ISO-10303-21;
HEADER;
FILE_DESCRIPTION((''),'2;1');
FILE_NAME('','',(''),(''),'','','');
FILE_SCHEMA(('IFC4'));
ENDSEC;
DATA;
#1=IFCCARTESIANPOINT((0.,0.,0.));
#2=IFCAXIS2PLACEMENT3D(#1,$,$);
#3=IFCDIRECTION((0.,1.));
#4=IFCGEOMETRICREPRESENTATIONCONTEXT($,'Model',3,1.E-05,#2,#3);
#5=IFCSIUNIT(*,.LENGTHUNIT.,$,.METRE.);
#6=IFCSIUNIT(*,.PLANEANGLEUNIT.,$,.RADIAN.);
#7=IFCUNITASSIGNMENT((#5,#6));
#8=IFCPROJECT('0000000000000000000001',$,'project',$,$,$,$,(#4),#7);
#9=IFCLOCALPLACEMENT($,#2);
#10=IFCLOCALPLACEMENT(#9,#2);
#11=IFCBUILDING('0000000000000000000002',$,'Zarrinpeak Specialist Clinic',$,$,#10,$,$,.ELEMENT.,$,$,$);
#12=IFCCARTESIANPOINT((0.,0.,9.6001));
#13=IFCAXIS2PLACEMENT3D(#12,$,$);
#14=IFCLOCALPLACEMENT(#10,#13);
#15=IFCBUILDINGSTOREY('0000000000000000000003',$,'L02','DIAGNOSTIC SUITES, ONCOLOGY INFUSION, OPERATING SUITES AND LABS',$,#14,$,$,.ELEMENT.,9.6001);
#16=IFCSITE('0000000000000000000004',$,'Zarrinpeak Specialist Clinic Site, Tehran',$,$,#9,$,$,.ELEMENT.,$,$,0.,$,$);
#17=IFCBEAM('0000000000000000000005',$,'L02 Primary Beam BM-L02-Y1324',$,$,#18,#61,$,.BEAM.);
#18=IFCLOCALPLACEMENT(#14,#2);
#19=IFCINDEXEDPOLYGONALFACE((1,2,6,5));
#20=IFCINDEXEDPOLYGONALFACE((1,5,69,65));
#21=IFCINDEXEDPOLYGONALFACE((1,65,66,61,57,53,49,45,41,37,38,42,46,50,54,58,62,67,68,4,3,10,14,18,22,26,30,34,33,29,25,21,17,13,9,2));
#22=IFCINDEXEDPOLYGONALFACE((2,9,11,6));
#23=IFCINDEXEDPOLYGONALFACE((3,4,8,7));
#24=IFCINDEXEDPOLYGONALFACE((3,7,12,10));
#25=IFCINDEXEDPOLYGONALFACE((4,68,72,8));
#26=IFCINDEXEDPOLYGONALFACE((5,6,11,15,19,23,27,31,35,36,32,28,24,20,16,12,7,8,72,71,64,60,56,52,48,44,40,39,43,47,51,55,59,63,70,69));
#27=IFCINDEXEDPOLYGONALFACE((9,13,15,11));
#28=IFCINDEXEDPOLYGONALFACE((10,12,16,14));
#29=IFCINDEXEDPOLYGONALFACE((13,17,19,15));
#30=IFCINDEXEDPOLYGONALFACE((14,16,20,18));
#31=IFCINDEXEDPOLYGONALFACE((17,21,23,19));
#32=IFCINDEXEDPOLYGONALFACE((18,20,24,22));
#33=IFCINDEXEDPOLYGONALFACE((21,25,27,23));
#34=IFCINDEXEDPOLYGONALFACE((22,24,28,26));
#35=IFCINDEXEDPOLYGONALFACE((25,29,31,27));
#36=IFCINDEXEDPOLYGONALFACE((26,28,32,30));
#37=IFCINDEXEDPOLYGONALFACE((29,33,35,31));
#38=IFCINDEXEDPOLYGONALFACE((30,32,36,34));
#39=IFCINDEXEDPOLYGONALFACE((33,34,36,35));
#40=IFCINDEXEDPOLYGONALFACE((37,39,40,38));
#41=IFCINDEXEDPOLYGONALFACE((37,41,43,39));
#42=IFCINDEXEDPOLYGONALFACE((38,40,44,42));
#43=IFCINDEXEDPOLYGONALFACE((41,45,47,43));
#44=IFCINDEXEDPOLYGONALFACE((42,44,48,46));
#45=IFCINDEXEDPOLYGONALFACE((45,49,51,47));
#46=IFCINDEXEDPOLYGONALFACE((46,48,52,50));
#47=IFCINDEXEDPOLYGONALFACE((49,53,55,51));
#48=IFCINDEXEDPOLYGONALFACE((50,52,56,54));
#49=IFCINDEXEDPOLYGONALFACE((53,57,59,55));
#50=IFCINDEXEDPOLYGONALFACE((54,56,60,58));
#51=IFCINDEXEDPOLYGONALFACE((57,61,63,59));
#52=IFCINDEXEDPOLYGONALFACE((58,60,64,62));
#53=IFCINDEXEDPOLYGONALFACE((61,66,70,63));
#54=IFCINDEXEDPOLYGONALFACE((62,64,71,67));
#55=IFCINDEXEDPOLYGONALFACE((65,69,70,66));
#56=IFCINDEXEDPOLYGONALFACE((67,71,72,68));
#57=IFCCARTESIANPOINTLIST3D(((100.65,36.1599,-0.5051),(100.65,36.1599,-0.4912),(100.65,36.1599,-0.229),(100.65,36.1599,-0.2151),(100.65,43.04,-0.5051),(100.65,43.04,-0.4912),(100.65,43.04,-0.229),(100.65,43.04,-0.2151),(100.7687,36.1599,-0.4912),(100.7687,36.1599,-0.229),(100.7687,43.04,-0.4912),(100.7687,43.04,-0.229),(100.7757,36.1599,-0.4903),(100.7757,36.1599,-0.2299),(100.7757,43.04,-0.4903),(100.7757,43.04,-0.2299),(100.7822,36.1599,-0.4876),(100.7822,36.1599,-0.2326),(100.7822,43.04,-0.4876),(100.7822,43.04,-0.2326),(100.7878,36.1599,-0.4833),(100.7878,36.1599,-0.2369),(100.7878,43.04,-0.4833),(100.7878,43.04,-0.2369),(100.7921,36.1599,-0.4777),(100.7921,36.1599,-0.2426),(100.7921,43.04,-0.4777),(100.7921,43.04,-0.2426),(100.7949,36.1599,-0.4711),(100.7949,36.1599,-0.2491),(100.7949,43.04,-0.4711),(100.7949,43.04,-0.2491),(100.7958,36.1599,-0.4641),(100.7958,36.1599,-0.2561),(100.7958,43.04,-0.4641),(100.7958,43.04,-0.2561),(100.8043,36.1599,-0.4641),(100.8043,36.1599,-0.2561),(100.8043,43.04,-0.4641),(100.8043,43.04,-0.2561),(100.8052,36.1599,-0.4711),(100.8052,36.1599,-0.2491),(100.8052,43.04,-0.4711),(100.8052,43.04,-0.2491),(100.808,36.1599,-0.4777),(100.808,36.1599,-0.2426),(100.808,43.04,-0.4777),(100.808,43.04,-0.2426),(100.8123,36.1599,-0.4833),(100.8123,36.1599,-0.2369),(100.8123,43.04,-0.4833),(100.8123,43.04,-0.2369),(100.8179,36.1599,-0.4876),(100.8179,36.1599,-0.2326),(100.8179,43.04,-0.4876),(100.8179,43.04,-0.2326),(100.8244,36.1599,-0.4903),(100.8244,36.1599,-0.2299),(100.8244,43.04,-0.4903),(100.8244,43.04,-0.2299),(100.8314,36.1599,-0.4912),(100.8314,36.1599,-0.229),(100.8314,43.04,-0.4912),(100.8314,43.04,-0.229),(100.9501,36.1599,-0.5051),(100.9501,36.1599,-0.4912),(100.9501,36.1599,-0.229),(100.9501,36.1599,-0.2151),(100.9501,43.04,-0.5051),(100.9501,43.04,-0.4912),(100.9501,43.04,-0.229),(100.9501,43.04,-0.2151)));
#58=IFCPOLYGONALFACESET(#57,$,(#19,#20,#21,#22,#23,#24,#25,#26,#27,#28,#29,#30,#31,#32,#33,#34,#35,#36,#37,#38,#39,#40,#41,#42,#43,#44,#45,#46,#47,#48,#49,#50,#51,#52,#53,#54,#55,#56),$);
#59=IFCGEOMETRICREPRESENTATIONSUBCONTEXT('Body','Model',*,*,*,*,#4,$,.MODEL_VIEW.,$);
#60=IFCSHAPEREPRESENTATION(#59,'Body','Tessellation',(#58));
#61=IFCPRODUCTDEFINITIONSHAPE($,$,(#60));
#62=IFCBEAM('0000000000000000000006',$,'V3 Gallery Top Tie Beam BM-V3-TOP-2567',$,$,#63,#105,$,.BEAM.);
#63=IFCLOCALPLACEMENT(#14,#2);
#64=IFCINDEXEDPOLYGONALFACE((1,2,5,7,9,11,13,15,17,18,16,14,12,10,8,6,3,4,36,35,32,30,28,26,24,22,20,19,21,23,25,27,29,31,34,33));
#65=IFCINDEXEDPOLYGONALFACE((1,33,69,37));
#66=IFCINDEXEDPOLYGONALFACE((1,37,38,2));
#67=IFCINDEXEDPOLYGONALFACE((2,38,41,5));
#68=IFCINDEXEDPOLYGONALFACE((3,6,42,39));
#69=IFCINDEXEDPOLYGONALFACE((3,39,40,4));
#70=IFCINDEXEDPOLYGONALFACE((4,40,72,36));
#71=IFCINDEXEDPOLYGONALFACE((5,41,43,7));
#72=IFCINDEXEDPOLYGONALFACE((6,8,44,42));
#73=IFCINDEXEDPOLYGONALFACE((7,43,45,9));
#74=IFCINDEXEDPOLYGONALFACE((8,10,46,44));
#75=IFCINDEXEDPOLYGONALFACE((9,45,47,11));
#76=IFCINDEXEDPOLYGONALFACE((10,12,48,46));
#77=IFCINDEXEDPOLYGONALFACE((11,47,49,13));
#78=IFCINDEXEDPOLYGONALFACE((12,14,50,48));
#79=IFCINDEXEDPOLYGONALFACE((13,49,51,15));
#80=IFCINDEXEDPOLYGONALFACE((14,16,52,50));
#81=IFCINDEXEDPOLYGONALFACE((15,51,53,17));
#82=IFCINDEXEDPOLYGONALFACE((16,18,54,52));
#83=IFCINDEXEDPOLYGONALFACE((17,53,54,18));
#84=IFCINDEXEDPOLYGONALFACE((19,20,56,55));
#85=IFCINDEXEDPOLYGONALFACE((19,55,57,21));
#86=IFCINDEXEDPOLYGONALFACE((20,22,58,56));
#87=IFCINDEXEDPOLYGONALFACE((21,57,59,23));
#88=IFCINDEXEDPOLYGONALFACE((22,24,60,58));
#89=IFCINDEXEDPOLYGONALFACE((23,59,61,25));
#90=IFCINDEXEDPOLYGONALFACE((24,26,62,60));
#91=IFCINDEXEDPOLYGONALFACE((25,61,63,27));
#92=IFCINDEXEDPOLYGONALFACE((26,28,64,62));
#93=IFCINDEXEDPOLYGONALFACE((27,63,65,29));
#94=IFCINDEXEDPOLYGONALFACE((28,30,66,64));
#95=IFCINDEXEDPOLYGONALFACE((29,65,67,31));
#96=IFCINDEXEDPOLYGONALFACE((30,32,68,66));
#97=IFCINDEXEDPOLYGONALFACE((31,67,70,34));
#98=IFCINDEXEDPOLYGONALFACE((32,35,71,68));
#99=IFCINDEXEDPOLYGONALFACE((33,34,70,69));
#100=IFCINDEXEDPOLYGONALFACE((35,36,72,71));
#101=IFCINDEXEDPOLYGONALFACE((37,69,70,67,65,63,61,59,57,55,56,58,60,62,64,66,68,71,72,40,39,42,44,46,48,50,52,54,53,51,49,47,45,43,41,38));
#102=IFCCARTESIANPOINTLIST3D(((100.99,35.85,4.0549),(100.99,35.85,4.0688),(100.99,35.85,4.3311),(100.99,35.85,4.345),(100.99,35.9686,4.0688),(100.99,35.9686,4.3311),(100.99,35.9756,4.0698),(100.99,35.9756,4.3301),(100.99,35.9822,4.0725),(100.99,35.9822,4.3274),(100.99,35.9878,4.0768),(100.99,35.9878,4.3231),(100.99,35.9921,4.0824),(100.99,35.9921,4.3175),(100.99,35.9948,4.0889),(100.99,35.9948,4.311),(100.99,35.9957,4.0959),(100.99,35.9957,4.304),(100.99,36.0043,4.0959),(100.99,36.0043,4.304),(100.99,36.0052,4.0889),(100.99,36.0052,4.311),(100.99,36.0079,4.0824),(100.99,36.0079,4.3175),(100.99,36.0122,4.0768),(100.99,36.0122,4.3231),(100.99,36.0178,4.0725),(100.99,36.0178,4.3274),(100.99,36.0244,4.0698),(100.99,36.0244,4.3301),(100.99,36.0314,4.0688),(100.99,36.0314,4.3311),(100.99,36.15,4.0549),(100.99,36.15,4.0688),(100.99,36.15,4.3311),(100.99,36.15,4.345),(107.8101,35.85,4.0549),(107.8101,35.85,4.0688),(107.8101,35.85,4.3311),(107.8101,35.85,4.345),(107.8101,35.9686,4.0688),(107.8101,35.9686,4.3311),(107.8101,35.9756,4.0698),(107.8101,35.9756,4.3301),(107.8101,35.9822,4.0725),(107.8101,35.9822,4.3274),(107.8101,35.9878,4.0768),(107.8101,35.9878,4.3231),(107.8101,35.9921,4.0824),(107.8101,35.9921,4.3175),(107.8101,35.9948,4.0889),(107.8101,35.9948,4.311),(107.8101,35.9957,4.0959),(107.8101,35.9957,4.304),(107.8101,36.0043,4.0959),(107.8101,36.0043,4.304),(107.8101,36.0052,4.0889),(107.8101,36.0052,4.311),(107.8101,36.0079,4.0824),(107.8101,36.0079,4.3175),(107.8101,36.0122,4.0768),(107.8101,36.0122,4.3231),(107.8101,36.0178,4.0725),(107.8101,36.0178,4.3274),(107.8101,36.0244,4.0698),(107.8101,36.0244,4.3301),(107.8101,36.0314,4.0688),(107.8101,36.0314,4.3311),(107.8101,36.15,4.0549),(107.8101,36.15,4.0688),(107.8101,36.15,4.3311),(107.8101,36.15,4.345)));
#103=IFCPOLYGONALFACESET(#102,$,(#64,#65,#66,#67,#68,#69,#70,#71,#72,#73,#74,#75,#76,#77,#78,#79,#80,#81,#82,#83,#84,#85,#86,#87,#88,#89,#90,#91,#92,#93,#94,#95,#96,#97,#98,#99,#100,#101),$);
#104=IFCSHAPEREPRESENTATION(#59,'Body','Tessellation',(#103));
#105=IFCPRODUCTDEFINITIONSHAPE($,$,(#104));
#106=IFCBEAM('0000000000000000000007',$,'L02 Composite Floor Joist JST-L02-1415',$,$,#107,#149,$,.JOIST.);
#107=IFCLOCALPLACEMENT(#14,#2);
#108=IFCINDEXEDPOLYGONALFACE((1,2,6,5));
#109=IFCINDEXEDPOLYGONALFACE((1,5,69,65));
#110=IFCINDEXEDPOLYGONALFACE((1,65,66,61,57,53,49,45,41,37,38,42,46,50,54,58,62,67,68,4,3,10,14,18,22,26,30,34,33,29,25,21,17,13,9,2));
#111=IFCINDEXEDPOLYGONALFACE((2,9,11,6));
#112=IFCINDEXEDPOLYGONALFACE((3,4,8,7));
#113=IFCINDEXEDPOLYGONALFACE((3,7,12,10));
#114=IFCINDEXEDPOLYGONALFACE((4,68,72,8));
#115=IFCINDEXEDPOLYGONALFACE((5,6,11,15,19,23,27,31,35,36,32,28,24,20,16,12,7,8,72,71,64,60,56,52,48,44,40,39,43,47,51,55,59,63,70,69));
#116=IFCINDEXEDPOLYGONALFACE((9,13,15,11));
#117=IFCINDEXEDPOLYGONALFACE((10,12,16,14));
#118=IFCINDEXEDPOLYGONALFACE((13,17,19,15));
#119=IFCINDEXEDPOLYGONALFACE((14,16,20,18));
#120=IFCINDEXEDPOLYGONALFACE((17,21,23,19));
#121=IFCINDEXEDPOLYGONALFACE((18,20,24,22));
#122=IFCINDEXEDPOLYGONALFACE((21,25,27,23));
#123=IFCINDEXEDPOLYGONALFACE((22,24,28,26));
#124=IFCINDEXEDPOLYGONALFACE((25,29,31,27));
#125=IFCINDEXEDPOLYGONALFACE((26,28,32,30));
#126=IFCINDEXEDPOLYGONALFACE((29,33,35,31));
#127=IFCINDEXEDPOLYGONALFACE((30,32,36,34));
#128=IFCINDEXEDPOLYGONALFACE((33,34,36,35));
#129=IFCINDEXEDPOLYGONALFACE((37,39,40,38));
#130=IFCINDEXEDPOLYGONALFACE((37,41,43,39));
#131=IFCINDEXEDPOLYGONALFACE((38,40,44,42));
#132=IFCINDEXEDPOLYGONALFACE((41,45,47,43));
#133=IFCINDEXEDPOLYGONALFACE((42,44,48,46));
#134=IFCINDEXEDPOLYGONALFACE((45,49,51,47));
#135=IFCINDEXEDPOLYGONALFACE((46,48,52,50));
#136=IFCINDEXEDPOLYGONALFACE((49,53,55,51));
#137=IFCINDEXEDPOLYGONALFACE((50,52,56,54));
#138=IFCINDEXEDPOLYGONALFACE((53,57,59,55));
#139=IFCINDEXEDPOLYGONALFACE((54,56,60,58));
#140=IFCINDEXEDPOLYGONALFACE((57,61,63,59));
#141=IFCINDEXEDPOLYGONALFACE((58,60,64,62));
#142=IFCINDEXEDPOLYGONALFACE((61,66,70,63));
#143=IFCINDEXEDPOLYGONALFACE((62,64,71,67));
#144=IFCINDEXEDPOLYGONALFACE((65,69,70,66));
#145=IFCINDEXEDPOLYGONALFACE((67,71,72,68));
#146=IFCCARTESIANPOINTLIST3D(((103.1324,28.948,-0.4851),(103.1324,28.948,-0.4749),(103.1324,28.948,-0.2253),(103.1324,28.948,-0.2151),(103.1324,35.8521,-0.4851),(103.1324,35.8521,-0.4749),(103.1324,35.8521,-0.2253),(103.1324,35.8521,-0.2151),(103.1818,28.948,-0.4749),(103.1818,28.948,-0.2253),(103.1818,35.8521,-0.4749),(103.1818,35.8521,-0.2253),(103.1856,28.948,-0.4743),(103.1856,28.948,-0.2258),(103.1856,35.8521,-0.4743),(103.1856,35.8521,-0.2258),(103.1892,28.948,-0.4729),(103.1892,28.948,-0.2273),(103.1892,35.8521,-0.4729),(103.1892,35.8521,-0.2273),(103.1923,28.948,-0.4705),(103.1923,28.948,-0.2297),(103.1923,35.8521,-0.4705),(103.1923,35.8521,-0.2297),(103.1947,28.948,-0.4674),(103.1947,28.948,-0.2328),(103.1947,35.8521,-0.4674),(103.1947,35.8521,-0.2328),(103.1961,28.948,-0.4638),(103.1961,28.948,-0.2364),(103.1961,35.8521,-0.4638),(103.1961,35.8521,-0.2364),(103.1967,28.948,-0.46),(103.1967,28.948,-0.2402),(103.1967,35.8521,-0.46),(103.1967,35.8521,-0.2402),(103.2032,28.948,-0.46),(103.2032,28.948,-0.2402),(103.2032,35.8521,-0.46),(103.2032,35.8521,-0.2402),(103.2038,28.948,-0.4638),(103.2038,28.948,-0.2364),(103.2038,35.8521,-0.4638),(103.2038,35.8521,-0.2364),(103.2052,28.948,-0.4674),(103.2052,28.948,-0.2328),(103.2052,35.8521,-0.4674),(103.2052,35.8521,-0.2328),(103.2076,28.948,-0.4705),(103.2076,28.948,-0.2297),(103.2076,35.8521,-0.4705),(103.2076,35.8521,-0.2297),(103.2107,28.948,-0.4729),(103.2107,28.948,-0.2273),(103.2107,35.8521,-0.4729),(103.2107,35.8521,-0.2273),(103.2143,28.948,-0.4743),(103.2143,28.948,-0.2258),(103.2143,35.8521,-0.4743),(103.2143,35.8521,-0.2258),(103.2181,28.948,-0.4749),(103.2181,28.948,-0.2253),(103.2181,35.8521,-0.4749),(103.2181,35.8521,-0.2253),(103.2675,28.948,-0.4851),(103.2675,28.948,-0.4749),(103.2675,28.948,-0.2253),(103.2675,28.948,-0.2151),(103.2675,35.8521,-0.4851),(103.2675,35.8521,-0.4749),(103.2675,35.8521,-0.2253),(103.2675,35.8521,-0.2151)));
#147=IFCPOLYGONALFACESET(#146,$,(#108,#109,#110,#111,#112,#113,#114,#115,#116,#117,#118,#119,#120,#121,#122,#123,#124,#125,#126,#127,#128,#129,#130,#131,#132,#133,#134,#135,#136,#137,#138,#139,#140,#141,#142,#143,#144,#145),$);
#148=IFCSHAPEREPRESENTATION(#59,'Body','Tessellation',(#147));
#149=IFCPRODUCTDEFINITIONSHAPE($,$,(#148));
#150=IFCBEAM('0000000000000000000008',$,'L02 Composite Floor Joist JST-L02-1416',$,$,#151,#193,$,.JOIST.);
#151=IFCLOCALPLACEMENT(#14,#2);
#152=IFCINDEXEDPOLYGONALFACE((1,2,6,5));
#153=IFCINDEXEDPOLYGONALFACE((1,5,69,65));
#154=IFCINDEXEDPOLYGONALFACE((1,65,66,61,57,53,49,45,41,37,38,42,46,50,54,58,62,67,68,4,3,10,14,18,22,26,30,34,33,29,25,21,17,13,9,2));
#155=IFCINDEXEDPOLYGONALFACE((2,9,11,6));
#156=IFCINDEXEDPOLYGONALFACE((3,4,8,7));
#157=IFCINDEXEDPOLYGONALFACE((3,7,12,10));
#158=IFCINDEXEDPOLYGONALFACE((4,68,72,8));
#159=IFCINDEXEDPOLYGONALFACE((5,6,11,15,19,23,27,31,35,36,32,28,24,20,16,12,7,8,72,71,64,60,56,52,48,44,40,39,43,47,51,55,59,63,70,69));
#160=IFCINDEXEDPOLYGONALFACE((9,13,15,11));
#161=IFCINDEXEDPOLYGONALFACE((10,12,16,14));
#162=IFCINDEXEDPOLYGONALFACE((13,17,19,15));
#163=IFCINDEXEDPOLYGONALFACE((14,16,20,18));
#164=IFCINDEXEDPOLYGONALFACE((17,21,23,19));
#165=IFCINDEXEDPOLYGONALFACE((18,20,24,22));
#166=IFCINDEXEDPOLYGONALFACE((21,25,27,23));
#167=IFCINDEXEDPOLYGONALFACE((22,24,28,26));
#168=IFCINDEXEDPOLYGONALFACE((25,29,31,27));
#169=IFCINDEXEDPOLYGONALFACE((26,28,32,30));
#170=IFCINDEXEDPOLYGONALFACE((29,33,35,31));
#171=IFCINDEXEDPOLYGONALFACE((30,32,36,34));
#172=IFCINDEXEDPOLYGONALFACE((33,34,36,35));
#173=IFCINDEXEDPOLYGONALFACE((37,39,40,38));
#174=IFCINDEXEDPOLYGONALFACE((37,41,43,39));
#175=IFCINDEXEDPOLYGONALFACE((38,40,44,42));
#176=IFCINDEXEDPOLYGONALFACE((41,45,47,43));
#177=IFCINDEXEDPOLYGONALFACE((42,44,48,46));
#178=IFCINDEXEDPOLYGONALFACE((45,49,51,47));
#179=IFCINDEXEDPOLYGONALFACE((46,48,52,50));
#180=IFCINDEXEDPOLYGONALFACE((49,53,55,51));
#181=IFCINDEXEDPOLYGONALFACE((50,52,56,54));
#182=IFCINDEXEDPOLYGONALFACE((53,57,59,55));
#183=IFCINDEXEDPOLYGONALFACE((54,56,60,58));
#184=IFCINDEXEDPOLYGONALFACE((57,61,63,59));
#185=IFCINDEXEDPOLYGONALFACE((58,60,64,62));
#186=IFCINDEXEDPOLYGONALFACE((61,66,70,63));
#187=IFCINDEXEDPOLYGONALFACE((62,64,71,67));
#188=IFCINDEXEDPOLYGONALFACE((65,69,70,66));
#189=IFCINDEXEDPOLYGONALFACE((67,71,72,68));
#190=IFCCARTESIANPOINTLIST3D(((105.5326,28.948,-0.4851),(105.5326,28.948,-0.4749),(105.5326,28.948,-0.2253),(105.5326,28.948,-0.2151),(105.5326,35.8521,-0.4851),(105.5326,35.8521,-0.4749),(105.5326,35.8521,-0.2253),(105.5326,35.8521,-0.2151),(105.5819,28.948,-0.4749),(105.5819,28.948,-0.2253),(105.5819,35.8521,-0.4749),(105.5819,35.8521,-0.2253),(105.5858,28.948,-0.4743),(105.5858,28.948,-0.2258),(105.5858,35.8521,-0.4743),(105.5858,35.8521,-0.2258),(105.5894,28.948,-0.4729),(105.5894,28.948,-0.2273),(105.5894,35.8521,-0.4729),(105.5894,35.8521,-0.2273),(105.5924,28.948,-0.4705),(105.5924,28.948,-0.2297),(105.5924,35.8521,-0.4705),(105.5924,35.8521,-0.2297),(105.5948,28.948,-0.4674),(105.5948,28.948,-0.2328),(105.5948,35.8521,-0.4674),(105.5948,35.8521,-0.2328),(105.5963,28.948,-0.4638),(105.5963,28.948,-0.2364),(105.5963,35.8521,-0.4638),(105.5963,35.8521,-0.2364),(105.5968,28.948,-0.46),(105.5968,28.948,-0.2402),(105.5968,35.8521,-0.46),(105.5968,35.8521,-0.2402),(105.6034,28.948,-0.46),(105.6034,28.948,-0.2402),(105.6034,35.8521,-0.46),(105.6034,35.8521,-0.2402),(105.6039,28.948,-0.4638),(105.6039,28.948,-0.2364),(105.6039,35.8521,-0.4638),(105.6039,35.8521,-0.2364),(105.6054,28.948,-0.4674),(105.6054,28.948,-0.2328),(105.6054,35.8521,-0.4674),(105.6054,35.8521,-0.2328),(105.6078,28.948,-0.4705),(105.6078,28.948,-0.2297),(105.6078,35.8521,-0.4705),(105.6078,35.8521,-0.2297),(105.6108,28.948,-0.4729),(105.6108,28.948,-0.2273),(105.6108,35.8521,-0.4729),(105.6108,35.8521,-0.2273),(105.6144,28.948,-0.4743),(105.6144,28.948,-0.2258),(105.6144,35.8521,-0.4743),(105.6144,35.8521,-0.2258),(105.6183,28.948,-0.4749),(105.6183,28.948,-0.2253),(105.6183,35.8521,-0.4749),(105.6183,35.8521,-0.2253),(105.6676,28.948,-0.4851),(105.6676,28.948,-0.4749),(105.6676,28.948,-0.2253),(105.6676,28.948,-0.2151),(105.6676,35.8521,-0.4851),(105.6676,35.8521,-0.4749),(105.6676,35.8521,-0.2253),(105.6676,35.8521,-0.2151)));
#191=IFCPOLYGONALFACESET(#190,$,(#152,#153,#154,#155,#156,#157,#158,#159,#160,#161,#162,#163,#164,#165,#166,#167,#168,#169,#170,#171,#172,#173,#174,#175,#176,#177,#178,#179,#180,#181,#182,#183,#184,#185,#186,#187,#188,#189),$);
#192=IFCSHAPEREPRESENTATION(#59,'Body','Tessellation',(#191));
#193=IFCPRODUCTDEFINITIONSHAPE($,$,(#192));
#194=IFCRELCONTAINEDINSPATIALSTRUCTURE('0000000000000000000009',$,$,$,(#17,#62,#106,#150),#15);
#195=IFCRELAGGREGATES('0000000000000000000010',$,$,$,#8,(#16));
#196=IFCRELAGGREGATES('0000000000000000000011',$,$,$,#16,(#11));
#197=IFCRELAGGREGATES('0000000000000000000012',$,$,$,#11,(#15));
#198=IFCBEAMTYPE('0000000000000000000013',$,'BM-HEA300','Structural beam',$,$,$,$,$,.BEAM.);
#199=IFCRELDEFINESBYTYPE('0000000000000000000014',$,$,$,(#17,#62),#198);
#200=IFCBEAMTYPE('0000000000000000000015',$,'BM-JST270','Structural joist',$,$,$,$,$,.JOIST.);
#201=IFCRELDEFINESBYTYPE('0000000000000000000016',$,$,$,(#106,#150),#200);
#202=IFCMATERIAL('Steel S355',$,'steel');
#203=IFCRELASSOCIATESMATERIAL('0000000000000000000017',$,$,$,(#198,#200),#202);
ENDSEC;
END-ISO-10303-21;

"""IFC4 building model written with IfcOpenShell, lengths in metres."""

from ifc_helpers import new_model, si_unit, direction, frame, origin, origin_2d, place, context, subcontext, project, spatial, i_section, extrude, material, material_profile, profile_set, type_object, element, save


model = new_model("IFC4")

# Units and contexts
model_context = context("Model", 3, precision=1e-05, world=origin(), true_north=direction((0.0, 1.0)))
body_context = subcontext(model_context, "Body", "Model", "MODEL_VIEW")
ifc_project = project(units=[si_unit("LENGTHUNIT", "METRE"), si_unit("PLANEANGLEUNIT", "RADIAN")], contexts=[model_context])

# Site, building, storey
site_placement = place(None, origin())
site = spatial("IfcSite", under=ifc_project, at=site_placement, Name="Zarrinpeak Specialist Clinic Site, Tehran", CompositionType="ELEMENT", RefElevation=0.0)
building_placement = place(site_placement, origin())
building = spatial("IfcBuilding", under=site, at=building_placement, Name="Zarrinpeak Specialist Clinic", CompositionType="ELEMENT")
storey_placement = place(building_placement, frame((0.0, 0.0, 9.6001)))
storey = spatial("IfcBuildingStorey", under=building, at=storey_placement, Name="L02", Description="DIAGNOSTIC SUITES, ONCOLOGY INFUSION, OPERATING SUITES AND LABS", CompositionType="ELEMENT", Elevation=9.6001)

# Shared definitions
ifc_material_1 = material(Name="Steel S355", Category="steel")

# Beams
ifc_material_profile_1 = material_profile(ifc_material_1, i_section(OverallWidth=0.3, OverallDepth=0.29, WebThickness=0.0085, FlangeThickness=0.0139, FilletRadius=0.0271, at=origin_2d()), Name="HEA 300")
ifc_profile_set_1 = profile_set([ifc_material_profile_1], Name="Steel S355")
beam_type_1 = type_object("IfcBeamType", Name="BM-HEA300", Description="Structural beam", PredefinedType="BEAM", material=ifc_profile_set_1)
for number, where, z_axis, x_axis, name in (
    (1, (100.8, 36.1599, -0.3601), (0.0, 1.0, 0.0), (-1.0, 0.0, 0.0), "L02 Primary Beam BM-L02-Y1324"),
):
    element("IfcBeam", number, at=place(storey_placement, frame(where, z_axis=z_axis, x_axis=x_axis)), inside=storey, type_object=beam_type_1, Name=name, PredefinedType="BEAM", context=body_context, shape_type="SweptSolid", body=[
        extrude(i_section(OverallWidth=0.3, OverallDepth=0.29, WebThickness=0.0085, FlangeThickness=0.0139, FilletRadius=0.0271, at=origin_2d()), origin(), (0.0, 0.0, 1.0), 6.8801),
    ])
beam_1_placement = place(storey_placement, frame((100.99, 36.0, 4.2), z_axis=(1.0, 0.0, 0.0), x_axis=(0.0, 1.0, 0.0)))
element("IfcBeam", 2, at=beam_1_placement, inside=storey, type_object=beam_type_1, Name="V3 Gallery Top Tie Beam BM-V3-TOP-2567", PredefinedType="BEAM", context=body_context, shape_type="SweptSolid", body=[
    extrude(i_section(OverallWidth=0.3, OverallDepth=0.29, WebThickness=0.0085, FlangeThickness=0.0139, FilletRadius=0.0271, at=origin_2d()), origin(), (0.0, 0.0, 1.0), 6.8201),
])
ifc_material_profile_2 = material_profile(ifc_material_1, i_section(OverallWidth=0.135, OverallDepth=0.27, WebThickness=0.0066, FlangeThickness=0.0103, FilletRadius=0.0149, at=origin_2d()), Name="IPE 270")
ifc_profile_set_2 = profile_set([ifc_material_profile_2], Name="Steel S355")
beam_type_2 = type_object("IfcBeamType", Name="BM-JST270", Description="Structural joist", PredefinedType="JOIST", material=ifc_profile_set_2)
for number, where, z_axis, x_axis, name in (
    (3, (103.2, 28.948, -0.3501), (0.0, 1.0, 0.0), (-1.0, 0.0, 0.0), "L02 Composite Floor Joist JST-L02-1415"),
    (4, (105.6001, 28.948, -0.3501), (0.0, 1.0, 0.0), (-1.0, 0.0, 0.0), "L02 Composite Floor Joist JST-L02-1416"),
):
    element("IfcBeam", number, at=place(storey_placement, frame(where, z_axis=z_axis, x_axis=x_axis)), inside=storey, type_object=beam_type_2, Name=name, PredefinedType="JOIST", context=body_context, shape_type="SweptSolid", body=[
        extrude(i_section(OverallWidth=0.135, OverallDepth=0.27, WebThickness=0.0066, FlangeThickness=0.0103, FilletRadius=0.0149, at=origin_2d()), origin(), (0.0, 0.0, 1.0), 6.9041),
    ])

save(model, "model.ifc")
